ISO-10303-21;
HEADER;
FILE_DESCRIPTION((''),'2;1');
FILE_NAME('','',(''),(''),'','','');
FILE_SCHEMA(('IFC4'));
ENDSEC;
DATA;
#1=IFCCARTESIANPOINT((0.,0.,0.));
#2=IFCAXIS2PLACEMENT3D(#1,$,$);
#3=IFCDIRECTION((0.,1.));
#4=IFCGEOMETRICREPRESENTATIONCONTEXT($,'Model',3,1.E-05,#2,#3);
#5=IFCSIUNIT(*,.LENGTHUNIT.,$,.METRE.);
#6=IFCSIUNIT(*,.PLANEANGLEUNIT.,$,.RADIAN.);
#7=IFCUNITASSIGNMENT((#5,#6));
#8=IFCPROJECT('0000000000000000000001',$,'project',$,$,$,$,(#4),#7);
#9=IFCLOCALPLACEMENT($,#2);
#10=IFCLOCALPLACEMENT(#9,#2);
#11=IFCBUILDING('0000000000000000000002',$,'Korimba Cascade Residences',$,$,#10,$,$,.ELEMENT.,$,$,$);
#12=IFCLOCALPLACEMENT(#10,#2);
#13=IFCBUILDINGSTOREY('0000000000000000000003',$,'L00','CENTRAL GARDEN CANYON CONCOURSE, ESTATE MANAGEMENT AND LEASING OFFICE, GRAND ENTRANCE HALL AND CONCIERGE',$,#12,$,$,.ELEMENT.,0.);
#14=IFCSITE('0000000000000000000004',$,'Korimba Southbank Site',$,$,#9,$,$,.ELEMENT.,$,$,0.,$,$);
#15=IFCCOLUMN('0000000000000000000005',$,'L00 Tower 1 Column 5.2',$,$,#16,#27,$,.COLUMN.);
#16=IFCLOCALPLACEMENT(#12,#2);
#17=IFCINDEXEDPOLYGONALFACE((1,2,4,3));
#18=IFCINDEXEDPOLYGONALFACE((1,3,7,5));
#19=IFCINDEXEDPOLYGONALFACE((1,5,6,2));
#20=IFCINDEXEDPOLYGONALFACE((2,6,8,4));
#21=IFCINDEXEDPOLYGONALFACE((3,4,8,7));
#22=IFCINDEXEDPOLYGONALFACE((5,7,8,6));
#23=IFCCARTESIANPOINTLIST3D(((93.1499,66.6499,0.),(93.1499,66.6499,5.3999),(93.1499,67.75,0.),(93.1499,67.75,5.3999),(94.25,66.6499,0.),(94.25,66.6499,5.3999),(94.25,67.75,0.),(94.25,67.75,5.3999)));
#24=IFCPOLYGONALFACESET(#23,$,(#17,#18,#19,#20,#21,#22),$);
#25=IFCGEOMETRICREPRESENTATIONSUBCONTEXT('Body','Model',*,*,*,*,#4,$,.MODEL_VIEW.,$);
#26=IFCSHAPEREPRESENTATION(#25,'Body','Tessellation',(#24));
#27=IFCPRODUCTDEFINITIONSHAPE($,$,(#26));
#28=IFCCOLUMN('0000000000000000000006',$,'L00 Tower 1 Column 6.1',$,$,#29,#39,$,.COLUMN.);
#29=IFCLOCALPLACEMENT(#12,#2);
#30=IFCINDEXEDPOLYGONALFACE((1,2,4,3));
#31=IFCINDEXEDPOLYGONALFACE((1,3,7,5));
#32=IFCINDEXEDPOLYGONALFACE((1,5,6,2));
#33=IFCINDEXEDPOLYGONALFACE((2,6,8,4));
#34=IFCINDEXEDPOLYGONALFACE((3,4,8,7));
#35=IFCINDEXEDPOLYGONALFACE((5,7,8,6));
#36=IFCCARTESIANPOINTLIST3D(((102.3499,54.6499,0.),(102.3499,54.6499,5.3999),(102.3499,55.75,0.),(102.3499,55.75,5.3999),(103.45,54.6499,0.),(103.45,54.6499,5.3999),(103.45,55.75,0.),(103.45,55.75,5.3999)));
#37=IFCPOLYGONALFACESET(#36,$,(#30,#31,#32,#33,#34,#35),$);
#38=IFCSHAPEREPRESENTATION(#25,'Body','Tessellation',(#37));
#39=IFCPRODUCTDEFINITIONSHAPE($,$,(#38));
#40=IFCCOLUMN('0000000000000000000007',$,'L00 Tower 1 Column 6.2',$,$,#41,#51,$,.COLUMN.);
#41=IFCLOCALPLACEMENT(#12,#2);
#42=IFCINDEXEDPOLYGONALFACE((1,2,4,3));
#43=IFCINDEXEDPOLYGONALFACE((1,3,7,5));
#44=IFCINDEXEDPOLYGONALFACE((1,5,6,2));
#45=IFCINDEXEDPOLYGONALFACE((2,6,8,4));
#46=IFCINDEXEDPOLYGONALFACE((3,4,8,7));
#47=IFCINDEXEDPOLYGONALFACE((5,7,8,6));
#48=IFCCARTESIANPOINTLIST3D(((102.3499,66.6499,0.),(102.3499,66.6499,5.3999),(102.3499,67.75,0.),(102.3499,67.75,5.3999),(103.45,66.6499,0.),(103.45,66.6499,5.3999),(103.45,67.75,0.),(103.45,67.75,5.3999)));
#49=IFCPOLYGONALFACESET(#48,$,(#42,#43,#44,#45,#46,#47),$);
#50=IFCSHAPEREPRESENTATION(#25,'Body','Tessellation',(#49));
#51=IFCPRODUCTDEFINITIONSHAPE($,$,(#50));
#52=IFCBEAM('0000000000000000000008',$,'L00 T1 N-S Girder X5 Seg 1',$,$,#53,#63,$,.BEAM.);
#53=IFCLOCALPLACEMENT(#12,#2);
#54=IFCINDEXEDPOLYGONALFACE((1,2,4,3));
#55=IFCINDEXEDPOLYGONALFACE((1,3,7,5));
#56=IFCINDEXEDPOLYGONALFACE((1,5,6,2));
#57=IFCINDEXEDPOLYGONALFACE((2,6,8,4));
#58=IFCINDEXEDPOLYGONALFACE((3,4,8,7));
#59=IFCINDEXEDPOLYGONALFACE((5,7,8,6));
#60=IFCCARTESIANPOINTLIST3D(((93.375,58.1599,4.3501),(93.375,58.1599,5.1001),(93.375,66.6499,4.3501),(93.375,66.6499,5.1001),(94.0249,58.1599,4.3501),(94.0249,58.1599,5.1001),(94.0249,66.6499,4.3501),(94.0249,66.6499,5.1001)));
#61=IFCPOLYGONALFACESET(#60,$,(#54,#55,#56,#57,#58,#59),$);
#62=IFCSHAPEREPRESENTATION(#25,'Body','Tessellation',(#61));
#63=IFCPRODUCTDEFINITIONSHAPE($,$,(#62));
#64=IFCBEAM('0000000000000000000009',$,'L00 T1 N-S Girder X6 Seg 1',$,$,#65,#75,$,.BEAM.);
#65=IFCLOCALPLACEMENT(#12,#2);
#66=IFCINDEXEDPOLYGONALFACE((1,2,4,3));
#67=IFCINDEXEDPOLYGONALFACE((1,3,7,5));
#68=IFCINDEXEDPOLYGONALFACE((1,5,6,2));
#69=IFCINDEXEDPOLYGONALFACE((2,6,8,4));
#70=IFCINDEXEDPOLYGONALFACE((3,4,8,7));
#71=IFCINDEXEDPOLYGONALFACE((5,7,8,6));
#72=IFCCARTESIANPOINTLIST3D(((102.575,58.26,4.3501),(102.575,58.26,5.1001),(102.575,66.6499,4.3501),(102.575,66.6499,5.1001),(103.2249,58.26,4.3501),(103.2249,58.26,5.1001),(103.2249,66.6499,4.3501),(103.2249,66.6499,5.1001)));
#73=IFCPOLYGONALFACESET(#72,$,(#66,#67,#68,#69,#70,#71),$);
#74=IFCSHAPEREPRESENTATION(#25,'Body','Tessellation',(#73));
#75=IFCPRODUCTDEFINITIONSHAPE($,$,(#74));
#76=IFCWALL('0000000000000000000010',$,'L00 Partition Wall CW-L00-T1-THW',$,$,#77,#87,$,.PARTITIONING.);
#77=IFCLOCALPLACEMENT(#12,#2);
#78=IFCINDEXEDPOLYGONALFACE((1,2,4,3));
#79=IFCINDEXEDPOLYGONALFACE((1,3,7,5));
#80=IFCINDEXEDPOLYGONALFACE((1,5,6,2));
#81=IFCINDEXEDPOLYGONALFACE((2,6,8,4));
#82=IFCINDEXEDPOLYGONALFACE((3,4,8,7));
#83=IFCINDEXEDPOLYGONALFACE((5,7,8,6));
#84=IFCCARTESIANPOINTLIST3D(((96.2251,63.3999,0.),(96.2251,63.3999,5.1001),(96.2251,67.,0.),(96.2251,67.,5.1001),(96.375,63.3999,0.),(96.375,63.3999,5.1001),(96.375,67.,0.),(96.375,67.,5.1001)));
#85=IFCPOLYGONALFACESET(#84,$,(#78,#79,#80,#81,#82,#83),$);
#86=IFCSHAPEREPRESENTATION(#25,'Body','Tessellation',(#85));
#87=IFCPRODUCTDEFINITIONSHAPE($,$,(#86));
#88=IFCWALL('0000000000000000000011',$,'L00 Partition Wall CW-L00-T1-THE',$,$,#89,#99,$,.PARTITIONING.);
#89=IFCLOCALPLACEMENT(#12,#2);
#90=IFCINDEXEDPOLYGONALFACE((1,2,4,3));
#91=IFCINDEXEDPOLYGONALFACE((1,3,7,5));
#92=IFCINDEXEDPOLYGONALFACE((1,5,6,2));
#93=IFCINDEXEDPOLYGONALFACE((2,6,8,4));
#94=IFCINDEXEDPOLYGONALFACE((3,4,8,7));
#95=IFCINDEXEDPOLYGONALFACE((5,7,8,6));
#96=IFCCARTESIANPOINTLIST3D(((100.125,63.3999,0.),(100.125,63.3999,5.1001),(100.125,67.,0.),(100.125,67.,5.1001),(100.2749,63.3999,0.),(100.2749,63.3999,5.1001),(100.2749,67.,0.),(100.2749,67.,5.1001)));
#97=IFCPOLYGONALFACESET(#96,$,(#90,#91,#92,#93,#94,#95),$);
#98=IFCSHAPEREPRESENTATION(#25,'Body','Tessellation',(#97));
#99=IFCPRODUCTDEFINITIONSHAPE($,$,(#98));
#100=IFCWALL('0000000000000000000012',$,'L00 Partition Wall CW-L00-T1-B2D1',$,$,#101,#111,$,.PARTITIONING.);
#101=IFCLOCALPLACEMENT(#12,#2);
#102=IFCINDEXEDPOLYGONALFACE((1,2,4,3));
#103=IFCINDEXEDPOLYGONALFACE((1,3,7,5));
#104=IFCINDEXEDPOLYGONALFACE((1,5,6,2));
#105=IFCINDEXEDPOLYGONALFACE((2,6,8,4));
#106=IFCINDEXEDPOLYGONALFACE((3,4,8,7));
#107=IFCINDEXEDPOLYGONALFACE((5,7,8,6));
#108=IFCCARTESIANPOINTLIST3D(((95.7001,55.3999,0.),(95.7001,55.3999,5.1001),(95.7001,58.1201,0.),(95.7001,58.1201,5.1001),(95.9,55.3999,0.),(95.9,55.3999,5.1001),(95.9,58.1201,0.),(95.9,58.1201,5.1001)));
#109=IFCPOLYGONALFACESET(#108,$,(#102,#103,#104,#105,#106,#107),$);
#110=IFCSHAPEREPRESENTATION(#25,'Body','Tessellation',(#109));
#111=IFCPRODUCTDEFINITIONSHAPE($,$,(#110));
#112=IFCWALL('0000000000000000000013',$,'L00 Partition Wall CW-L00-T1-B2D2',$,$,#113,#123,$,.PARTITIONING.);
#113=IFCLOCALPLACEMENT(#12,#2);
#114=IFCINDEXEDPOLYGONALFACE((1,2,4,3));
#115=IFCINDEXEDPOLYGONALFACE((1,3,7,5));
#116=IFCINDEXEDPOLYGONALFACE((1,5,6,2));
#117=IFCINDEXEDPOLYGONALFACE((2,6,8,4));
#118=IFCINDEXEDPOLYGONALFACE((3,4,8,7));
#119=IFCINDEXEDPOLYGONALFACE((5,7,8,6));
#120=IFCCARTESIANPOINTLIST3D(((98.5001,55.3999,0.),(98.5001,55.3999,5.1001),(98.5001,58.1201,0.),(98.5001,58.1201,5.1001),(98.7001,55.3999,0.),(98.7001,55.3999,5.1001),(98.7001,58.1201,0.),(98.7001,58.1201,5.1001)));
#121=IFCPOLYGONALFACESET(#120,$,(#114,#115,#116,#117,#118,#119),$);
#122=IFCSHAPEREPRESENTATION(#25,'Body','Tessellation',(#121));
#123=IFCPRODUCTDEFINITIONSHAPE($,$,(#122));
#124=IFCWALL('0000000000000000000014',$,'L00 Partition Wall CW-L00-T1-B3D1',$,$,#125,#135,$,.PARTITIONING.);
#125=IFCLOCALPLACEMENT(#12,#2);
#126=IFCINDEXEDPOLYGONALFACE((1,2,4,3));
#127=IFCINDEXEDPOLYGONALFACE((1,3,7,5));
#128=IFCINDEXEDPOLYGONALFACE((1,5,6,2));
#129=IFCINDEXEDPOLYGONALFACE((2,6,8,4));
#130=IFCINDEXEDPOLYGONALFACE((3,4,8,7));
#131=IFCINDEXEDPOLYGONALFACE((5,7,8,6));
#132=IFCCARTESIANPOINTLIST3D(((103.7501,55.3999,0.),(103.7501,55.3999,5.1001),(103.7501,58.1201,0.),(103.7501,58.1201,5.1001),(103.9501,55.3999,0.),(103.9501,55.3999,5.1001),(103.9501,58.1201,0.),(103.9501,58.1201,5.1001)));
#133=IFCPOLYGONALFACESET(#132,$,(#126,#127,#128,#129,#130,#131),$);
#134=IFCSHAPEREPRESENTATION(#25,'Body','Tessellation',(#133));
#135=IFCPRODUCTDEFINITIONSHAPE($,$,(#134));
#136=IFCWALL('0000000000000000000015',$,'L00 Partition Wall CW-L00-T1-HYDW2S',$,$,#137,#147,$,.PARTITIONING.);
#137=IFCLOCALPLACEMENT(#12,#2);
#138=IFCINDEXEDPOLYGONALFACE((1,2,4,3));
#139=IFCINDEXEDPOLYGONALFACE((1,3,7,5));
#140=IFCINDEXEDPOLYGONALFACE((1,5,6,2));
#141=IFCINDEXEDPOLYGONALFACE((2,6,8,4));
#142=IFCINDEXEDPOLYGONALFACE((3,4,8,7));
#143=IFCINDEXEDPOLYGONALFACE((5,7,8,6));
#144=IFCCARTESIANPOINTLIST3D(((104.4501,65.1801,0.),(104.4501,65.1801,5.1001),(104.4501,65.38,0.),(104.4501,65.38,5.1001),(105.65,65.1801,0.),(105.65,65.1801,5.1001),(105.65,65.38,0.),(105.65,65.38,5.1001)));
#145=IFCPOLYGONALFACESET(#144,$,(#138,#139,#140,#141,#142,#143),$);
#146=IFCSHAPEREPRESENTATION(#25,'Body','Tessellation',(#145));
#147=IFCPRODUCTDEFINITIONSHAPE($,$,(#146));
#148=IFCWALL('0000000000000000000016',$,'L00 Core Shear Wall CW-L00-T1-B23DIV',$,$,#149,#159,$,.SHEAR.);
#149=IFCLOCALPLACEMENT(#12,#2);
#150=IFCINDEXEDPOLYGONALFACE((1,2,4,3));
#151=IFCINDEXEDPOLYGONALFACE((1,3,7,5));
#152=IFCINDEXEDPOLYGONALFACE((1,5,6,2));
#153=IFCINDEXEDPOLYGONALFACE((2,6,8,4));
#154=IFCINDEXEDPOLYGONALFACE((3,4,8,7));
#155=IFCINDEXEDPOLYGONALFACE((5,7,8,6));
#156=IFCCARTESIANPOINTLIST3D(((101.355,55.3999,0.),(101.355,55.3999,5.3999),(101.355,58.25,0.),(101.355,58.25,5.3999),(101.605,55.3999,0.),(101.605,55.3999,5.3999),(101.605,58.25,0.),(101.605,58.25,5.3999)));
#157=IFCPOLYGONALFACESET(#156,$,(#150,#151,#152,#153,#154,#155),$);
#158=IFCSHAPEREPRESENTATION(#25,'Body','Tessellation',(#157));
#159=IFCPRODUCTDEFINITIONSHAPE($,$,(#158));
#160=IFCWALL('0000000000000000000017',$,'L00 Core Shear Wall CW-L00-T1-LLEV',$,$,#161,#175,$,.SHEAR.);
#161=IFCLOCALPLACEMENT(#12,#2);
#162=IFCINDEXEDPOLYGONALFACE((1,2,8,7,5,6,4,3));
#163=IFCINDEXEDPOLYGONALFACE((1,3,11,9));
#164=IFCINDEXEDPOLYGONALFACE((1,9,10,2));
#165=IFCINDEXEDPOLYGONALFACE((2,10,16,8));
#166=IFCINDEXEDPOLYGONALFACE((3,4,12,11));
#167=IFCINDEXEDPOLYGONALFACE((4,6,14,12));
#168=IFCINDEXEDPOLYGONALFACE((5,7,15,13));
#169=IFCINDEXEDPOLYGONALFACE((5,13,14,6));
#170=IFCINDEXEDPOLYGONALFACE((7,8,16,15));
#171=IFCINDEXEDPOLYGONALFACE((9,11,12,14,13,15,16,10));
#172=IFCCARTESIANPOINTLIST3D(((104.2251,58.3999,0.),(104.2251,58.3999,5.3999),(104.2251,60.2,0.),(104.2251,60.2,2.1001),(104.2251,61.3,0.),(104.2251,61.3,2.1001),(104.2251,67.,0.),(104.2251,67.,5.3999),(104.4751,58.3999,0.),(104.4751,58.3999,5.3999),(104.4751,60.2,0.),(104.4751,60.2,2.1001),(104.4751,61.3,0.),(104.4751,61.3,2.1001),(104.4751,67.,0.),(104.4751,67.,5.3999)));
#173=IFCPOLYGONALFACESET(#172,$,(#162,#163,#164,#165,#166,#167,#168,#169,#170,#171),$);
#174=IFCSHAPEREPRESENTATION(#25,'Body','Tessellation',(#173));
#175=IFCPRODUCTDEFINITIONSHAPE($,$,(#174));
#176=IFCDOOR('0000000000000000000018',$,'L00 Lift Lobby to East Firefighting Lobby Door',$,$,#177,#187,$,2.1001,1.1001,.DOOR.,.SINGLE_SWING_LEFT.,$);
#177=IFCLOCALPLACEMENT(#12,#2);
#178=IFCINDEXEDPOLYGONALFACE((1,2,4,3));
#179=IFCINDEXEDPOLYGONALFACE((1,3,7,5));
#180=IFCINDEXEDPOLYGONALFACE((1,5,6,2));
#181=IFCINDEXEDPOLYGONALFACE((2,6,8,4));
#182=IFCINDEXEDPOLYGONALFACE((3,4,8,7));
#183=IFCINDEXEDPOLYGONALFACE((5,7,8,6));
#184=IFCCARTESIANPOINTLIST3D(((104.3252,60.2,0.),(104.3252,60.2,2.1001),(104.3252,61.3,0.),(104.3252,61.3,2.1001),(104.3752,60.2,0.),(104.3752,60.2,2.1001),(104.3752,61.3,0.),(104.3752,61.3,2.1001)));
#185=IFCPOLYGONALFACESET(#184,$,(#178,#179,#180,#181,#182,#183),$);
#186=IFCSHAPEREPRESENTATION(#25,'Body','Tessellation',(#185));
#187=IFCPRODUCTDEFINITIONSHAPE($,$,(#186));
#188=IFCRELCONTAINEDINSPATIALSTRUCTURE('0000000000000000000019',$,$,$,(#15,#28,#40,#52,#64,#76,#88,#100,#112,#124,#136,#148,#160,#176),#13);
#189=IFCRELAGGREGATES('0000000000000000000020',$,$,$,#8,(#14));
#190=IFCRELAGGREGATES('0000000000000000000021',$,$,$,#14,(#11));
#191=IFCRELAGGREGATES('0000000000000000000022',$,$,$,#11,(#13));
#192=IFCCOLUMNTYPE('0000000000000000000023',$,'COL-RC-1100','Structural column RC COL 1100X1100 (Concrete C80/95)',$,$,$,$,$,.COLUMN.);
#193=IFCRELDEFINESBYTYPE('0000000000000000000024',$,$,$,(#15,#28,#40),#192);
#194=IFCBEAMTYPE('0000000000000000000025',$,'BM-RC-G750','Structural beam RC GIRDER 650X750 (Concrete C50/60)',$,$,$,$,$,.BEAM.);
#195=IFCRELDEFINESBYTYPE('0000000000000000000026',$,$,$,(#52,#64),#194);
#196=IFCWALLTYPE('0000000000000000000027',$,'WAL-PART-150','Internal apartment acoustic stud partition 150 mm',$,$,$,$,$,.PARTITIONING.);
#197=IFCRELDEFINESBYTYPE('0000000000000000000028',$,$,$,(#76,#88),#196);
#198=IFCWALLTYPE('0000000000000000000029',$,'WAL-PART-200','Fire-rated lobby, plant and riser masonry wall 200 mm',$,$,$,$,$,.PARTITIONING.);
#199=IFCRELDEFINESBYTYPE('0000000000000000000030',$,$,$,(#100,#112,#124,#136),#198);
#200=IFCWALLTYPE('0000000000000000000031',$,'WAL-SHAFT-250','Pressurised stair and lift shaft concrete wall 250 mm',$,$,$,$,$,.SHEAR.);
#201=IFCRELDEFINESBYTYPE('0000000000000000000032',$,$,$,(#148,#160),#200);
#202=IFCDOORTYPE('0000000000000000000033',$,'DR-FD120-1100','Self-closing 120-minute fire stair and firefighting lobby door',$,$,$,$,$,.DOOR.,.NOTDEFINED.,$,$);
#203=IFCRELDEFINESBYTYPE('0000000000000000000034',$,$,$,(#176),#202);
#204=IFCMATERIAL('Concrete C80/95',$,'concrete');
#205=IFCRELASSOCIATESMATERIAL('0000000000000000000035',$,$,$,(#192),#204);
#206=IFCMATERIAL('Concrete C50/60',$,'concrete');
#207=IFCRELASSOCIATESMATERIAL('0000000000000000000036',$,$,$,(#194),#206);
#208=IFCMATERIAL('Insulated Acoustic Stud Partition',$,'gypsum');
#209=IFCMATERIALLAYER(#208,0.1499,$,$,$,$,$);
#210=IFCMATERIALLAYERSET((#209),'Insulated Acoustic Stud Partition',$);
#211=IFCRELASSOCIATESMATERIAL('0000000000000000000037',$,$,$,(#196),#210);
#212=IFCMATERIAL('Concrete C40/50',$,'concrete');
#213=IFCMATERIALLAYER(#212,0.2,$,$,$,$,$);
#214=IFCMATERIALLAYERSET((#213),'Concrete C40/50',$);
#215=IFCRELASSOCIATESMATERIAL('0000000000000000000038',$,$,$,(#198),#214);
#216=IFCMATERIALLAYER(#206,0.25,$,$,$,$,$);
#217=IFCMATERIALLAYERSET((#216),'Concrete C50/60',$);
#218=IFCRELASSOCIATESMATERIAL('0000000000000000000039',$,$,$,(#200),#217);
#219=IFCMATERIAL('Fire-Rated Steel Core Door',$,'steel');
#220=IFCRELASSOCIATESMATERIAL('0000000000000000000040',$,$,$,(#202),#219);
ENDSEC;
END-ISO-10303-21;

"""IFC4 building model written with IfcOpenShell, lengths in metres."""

from ifc_helpers import new_model, si_unit, direction, frame, frame_2d, origin, origin_2d, place, context, subcontext, project, spatial, rectangle, extrude, material, layer, layer_set, material_profile, profile_set, type_object, element, fill, save


model = new_model("IFC4")

# Units and contexts
model_context = context("Model", 3, precision=1e-05, world=origin(), true_north=direction((0.0, 1.0)))
body_context = subcontext(model_context, "Body", "Model", "MODEL_VIEW")
ifc_project = project(units=[si_unit("LENGTHUNIT", "METRE"), si_unit("PLANEANGLEUNIT", "RADIAN")], contexts=[model_context])

# Site, building, storey
site_placement = place(None, origin())
site = spatial("IfcSite", under=ifc_project, at=site_placement, Name="Korimba Southbank Site", CompositionType="ELEMENT", RefElevation=0.0)
building_placement = place(site_placement, origin())
building = spatial("IfcBuilding", under=site, at=building_placement, Name="Korimba Cascade Residences", CompositionType="ELEMENT")
storey_placement = place(building_placement, origin())
storey = spatial("IfcBuildingStorey", under=building, at=storey_placement, Name="L00", Description="CENTRAL GARDEN CANYON CONCOURSE, ESTATE MANAGEMENT AND LEASING OFFICE, GRAND ENTRANCE HALL AND CONCIERGE", CompositionType="ELEMENT", Elevation=0.0)

# Columns
ifc_material_1 = material(Name="Concrete C80/95", Category="concrete")
ifc_material_profile_1 = material_profile(ifc_material_1, rectangle(XDim=1.1001, YDim=1.1001, at=origin_2d()), Name="Concrete C80/95")
ifc_profile_set_1 = profile_set([ifc_material_profile_1], Name="Concrete C80/95")
column_type = type_object("IfcColumnType", Name="COL-RC-1100", Description="Structural column RC COL 1100X1100 (Concrete C80/95)", PredefinedType="COLUMN", material=ifc_profile_set_1)
for number, where, z_axis, x_axis, name in (
    (1, (93.7, 67.2, 0.0), (0.0, 0.0, 1.0), (1.0, 0.0, 0.0), "L00 Tower 1 Column 5.2"),
    (2, (102.8999, 55.2, 0.0), (0.0, 0.0, 1.0), (1.0, 0.0, 0.0), "L00 Tower 1 Column 6.1"),
    (3, (102.8999, 67.2, 0.0), (0.0, 0.0, 1.0), (1.0, 0.0, 0.0), "L00 Tower 1 Column 6.2"),
):
    element("IfcColumn", number, at=place(storey_placement, frame(where, z_axis=z_axis, x_axis=x_axis)), inside=storey, type_object=column_type, Name=name, PredefinedType="COLUMN", context=body_context, shape_type="SweptSolid", body=[
        extrude(rectangle(XDim=1.1001, YDim=1.1001, at=origin_2d()), origin(), (0.0, 0.0, 1.0), 5.3999),
    ])

# Beams
ifc_material_2 = material(Name="Concrete C50/60", Category="concrete")
ifc_material_profile_2 = material_profile(ifc_material_2, rectangle(XDim=0.6499, YDim=0.75, at=origin_2d()), Name="Concrete C50/60")
ifc_profile_set_2 = profile_set([ifc_material_profile_2], Name="Concrete C50/60")
beam_type = type_object("IfcBeamType", Name="BM-RC-G750", Description="Structural beam RC GIRDER 650X750 (Concrete C50/60)", PredefinedType="BEAM", material=ifc_profile_set_2)
beam_1_placement = place(storey_placement, frame((93.7, 58.1599, 4.7251), z_axis=(0.0, 1.0, 0.0), x_axis=(-1.0, 0.0, 0.0)))
element("IfcBeam", 4, at=beam_1_placement, inside=storey, type_object=beam_type, Name="L00 T1 N-S Girder X5 Seg 1", PredefinedType="BEAM", context=body_context, shape_type="SweptSolid", body=[
    extrude(rectangle(XDim=0.6499, YDim=0.75, at=origin_2d()), origin(), (0.0, 0.0, 1.0), 8.49),
])
beam_2_placement = place(storey_placement, frame((102.8999, 58.26, 4.7251), z_axis=(0.0, 1.0, 0.0), x_axis=(-1.0, 0.0, 0.0)))
element("IfcBeam", 5, at=beam_2_placement, inside=storey, type_object=beam_type, Name="L00 T1 N-S Girder X6 Seg 1", PredefinedType="BEAM", context=body_context, shape_type="SweptSolid", body=[
    extrude(rectangle(XDim=0.6499, YDim=0.75, at=origin_2d()), origin(), (0.0, 0.0, 1.0), 8.3899),
])

# Walls
ifc_material_3 = material(Name="Insulated Acoustic Stud Partition", Category="gypsum")
ifc_layer_1 = layer(ifc_material_3, 0.1499)
ifc_layer_set_1 = layer_set([ifc_layer_1], Name="Insulated Acoustic Stud Partition")
wall_type_1 = type_object("IfcWallType", Name="WAL-PART-150", Description="Internal apartment acoustic stud partition 150 mm", PredefinedType="PARTITIONING", material=ifc_layer_set_1)
for number, where, z_axis, x_axis, name in (
    (6, (96.3, 63.3999, 0.0), (0.0, 0.0, 1.0), (0.0, 1.0, 0.0), "L00 Partition Wall CW-L00-T1-THW"),
    (7, (100.2, 63.3999, 0.0), (0.0, 0.0, 1.0), (0.0, 1.0, 0.0), "L00 Partition Wall CW-L00-T1-THE"),
):
    element("IfcWall", number, at=place(storey_placement, frame(where, z_axis=z_axis, x_axis=x_axis)), inside=storey, type_object=wall_type_1, Name=name, PredefinedType="PARTITIONING", context=body_context, shape_type="SweptSolid", body=[
        extrude(rectangle(XDim=3.6001, YDim=0.1499, at=frame_2d((1.8, 0.0))), origin(), (0.0, 0.0, 1.0), 5.1001),
    ])
ifc_material_4 = material(Name="Concrete C40/50", Category="concrete")
ifc_layer_2 = layer(ifc_material_4, 0.2)
ifc_layer_set_2 = layer_set([ifc_layer_2], Name="Concrete C40/50")
wall_type_2 = type_object("IfcWallType", Name="WAL-PART-200", Description="Fire-rated lobby, plant and riser masonry wall 200 mm", PredefinedType="PARTITIONING", material=ifc_layer_set_2)
for number, where, z_axis, x_axis, name in (
    (8, (95.8, 55.3999, 0.0), (0.0, 0.0, 1.0), (0.0, 1.0, 0.0), "L00 Partition Wall CW-L00-T1-B2D1"),
    (9, (98.6001, 55.3999, 0.0), (0.0, 0.0, 1.0), (0.0, 1.0, 0.0), "L00 Partition Wall CW-L00-T1-B2D2"),
    (10, (103.8501, 55.3999, 0.0), (0.0, 0.0, 1.0), (0.0, 1.0, 0.0), "L00 Partition Wall CW-L00-T1-B3D1"),
):
    element("IfcWall", number, at=place(storey_placement, frame(where, z_axis=z_axis, x_axis=x_axis)), inside=storey, type_object=wall_type_2, Name=name, PredefinedType="PARTITIONING", context=body_context, shape_type="SweptSolid", body=[
        extrude(rectangle(XDim=2.7202, YDim=0.2, at=frame_2d((1.3601, 0.0))), origin(), (0.0, 0.0, 1.0), 5.1001),
    ])
wall_1_placement = place(storey_placement, frame((104.45, 65.28, 0.0), z_axis=(0.0, 0.0, 1.0), x_axis=(1.0, 0.0, 0.0)))
element("IfcWall", 11, at=wall_1_placement, inside=storey, type_object=wall_type_2, Name="L00 Partition Wall CW-L00-T1-HYDW2S", PredefinedType="PARTITIONING", context=body_context, shape_type="SweptSolid", body=[
    extrude(rectangle(XDim=1.2, YDim=0.2, at=frame_2d((0.6001, 0.0))), origin(), (0.0, 0.0, 1.0), 5.1001),
])
ifc_layer_3 = layer(ifc_material_2, 0.25)
ifc_layer_set_3 = layer_set([ifc_layer_3], Name="Concrete C50/60")
wall_type_3 = type_object("IfcWallType", Name="WAL-SHAFT-250", Description="Pressurised stair and lift shaft concrete wall 250 mm", PredefinedType="SHEAR", material=ifc_layer_set_3)
wall_2_placement = place(storey_placement, frame((101.48, 55.3999, 0.0), z_axis=(0.0, 0.0, 1.0), x_axis=(0.0, 1.0, 0.0)))
element("IfcWall", 12, at=wall_2_placement, inside=storey, type_object=wall_type_3, Name="L00 Core Shear Wall CW-L00-T1-B23DIV", PredefinedType="SHEAR", context=body_context, shape_type="SweptSolid", body=[
    extrude(rectangle(XDim=2.8501, YDim=0.25, at=frame_2d((1.425, 0.0))), origin(), (0.0, 0.0, 1.0), 5.3999),
])

# Wall, opening, door
wall_3_placement = place(storey_placement, frame((104.3501, 58.3999, 0.0), z_axis=(0.0, 0.0, 1.0), x_axis=(0.0, 1.0, 0.0)))
wall_3 = element("IfcWall", 13, at=wall_3_placement, inside=storey, type_object=wall_type_3, Name="L00 Core Shear Wall CW-L00-T1-LLEV", PredefinedType="SHEAR", context=body_context, shape_type="SweptSolid", body=[
    extrude(rectangle(XDim=8.6001, YDim=0.25, at=frame_2d((4.3, 0.0))), origin(), (0.0, 0.0, 1.0), 5.3999),
])
opening_1_placement = place(wall_3_placement, frame((1.8, 0.0, 0.0)))
opening_1 = element("IfcOpeningElement", 14, at=opening_1_placement, cuts=wall_3, PredefinedType="OPENING", context=body_context, shape_type="SweptSolid", body=[
    extrude(rectangle(XDim=1.1001, YDim=2.1001, at=frame_2d((0.55, 1.05))), frame((0.0, 0.135, 0.0), z_axis=(0.0, -1.0, 0.0), x_axis=(1.0, 0.0, 0.0)), (0.0, 0.0, 1.0), 0.27),
])
ifc_material_5 = material(Name="Fire-Rated Steel Core Door", Category="steel")
door_type_1 = type_object("IfcDoorType", Name="DR-FD120-1100", Description="Self-closing 120-minute fire stair and firefighting lobby door", OperationType="NOTDEFINED", PredefinedType="DOOR", material=ifc_material_5)
door_1_placement = place(opening_1_placement, origin())
door_1 = element("IfcDoor", 15, at=door_1_placement, inside=storey, type_object=door_type_1, Name="L00 Lift Lobby to East Firefighting Lobby Door", OperationType="SINGLE_SWING_LEFT", OverallHeight=2.1001, OverallWidth=1.1001, PredefinedType="DOOR", context=body_context, shape_type="SweptSolid", body=[
    extrude(rectangle(XDim=1.1001, YDim=2.1001, at=frame_2d((0.55, 1.05))), frame((0.0, 0.0249, 0.0), z_axis=(0.0, -1.0, 0.0), x_axis=(1.0, 0.0, 0.0)), (0.0, 0.0, 1.0), 0.05),
])
fill(opening_1, door_1)

save(model, "model.ifc")
